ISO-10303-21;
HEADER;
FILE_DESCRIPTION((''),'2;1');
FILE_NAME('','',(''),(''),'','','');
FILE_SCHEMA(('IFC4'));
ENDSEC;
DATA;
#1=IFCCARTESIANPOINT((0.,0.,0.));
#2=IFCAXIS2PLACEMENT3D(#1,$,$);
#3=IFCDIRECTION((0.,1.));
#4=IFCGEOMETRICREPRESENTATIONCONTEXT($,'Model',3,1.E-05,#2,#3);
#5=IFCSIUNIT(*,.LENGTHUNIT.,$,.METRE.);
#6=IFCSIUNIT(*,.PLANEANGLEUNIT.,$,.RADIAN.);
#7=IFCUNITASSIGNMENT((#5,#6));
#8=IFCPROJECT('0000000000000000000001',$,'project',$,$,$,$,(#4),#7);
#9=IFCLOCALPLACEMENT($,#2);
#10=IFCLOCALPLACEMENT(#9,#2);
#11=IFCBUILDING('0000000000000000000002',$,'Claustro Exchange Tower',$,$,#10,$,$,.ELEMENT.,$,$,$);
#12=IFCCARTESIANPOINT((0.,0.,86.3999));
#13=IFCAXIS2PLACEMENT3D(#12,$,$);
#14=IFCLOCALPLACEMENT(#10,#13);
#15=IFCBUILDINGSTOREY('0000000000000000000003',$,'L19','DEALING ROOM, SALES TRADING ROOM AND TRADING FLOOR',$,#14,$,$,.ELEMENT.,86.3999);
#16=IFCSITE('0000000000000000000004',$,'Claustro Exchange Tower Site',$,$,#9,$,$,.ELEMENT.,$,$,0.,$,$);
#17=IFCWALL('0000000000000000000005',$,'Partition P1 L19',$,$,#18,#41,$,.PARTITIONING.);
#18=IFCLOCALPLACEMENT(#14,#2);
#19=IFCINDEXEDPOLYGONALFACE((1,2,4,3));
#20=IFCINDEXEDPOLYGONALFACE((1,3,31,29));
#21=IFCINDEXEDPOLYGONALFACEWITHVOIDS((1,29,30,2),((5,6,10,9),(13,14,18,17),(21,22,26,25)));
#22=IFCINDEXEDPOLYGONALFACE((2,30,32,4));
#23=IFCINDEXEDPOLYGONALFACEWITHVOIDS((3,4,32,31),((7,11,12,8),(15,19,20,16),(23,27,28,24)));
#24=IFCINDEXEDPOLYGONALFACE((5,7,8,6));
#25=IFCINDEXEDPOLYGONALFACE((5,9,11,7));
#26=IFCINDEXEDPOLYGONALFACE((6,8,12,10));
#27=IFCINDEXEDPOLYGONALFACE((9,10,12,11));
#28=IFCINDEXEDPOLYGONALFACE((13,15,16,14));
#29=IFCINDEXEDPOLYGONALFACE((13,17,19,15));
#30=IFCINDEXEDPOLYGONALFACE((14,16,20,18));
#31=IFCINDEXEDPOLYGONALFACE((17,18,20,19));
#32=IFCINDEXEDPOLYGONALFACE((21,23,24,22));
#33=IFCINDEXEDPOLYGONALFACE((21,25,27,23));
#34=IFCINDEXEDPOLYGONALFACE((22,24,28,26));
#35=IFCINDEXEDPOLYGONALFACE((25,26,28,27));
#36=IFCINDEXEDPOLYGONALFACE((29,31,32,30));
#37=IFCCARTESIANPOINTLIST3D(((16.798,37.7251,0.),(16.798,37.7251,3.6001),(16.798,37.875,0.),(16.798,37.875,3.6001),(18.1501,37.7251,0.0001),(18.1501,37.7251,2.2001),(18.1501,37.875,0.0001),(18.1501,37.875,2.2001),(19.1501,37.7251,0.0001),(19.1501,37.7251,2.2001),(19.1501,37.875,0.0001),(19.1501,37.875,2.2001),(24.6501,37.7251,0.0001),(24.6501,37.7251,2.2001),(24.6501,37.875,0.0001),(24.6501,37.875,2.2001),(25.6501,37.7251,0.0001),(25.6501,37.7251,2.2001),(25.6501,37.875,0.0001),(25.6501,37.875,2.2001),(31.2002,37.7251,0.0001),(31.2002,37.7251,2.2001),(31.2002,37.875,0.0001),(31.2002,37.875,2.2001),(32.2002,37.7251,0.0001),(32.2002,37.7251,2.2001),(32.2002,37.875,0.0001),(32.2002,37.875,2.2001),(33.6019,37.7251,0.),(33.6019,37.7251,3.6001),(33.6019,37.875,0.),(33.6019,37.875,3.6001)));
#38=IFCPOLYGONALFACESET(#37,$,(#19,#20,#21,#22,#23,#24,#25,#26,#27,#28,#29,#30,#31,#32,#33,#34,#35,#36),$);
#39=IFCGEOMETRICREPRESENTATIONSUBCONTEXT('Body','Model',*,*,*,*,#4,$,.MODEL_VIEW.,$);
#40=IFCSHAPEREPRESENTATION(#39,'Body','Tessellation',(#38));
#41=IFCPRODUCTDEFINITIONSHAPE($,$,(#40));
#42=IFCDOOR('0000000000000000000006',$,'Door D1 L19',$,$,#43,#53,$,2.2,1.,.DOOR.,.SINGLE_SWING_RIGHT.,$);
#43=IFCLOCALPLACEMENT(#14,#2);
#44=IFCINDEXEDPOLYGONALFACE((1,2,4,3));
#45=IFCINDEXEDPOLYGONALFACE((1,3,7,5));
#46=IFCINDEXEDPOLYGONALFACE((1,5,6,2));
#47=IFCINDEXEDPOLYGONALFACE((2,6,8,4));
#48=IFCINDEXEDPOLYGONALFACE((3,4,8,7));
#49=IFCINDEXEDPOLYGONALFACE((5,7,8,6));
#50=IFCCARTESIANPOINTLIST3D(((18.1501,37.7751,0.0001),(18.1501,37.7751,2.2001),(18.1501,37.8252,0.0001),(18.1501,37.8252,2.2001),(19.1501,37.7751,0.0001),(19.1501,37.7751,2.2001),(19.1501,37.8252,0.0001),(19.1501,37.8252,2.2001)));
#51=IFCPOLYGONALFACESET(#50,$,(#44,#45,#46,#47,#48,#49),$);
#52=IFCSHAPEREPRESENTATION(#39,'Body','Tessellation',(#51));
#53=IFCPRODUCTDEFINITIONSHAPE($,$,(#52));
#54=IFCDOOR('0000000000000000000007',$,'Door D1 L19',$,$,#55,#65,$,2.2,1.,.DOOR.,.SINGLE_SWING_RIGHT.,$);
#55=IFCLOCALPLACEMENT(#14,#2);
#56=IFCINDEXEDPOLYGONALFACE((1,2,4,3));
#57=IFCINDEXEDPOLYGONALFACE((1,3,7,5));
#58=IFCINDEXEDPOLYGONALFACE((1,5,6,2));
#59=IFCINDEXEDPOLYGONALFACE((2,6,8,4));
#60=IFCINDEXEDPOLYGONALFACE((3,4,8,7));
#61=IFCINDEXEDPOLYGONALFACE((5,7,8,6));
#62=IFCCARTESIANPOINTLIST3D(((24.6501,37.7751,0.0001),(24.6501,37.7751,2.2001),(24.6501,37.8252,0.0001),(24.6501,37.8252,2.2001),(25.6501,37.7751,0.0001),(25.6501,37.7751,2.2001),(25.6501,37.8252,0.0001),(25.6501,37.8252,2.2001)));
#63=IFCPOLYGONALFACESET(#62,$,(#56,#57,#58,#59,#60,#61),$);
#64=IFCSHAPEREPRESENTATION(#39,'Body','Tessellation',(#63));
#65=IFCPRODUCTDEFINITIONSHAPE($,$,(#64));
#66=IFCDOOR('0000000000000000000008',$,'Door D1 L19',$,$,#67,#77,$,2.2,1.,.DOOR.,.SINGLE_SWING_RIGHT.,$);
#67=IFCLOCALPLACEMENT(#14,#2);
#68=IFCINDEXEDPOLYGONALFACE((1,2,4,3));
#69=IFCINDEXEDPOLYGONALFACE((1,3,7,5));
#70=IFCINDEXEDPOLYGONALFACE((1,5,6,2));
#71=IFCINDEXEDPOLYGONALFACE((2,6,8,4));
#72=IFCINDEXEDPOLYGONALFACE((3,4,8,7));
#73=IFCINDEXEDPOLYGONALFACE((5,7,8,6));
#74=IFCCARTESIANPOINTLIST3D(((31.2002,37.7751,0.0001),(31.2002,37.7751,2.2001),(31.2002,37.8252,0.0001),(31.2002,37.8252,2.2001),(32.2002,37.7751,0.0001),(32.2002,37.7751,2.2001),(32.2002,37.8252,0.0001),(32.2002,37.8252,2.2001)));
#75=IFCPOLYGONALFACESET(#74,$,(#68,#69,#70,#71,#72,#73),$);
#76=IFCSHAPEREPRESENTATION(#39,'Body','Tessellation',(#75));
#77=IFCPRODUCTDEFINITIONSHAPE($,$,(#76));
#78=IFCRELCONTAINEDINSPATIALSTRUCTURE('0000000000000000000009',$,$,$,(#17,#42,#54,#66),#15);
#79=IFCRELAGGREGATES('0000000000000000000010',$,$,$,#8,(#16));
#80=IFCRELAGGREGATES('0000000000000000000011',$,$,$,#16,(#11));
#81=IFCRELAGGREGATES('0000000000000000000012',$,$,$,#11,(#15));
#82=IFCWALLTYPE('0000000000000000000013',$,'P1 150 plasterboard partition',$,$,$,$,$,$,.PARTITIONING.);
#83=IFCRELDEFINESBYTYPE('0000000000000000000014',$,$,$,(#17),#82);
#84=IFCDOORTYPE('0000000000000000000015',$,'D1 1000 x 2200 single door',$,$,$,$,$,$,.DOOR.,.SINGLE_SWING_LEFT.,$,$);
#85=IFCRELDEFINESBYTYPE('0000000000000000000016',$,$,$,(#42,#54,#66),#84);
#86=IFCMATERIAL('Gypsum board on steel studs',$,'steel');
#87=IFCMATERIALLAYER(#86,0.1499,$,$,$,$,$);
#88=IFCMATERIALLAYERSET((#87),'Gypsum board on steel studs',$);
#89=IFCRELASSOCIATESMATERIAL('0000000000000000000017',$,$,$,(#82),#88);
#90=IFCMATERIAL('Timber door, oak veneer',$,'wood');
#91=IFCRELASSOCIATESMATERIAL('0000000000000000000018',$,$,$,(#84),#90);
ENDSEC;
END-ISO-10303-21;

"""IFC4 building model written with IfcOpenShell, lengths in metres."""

from ifc_helpers import new_model, si_unit, direction, frame, frame_2d, origin, place, context, subcontext, project, spatial, rectangle, extrude, material, layer, layer_set, type_object, element, fill, save


model = new_model("IFC4")

# Units and contexts
model_context = context("Model", 3, precision=1e-05, world=origin(), true_north=direction((0.0, 1.0)))
body_context = subcontext(model_context, "Body", "Model", "MODEL_VIEW")
ifc_project = project(units=[si_unit("LENGTHUNIT", "METRE"), si_unit("PLANEANGLEUNIT", "RADIAN")], contexts=[model_context])

# Site, building, storey
site_placement = place(None, origin())
site = spatial("IfcSite", under=ifc_project, at=site_placement, Name="Claustro Exchange Tower Site", CompositionType="ELEMENT", RefElevation=0.0)
building_placement = place(site_placement, origin())
building = spatial("IfcBuilding", under=site, at=building_placement, Name="Claustro Exchange Tower", CompositionType="ELEMENT")
storey_placement = place(building_placement, frame((0.0, 0.0, 86.3999)))
storey = spatial("IfcBuildingStorey", under=building, at=storey_placement, Name="L19", Description="DEALING ROOM, SALES TRADING ROOM AND TRADING FLOOR", CompositionType="ELEMENT", Elevation=86.3999)

# Shared definitions
ifc_material_1 = material(Name="Gypsum board on steel studs", Category="steel")
ifc_layer = layer(ifc_material_1, 0.1499)
ifc_layer_set = layer_set([ifc_layer], Name="Gypsum board on steel studs")
wall_type = type_object("IfcWallType", Name="P1 150 plasterboard partition", PredefinedType="PARTITIONING", material=ifc_layer_set)

# Shared definitions
ifc_material_2 = material(Name="Timber door, oak veneer", Category="wood")
door_type_1 = type_object("IfcDoorType", Name="D1 1000 x 2200 single door", OperationType="SINGLE_SWING_LEFT", PredefinedType="DOOR", material=ifc_material_2)

# Wall, openings, doors
wall_1_placement = place(storey_placement, frame((16.7981, 37.8, 0.0), z_axis=(0.0, 0.0, 1.0), x_axis=(1.0, 0.0, 0.0)))
wall_1 = element("IfcWall", 1, at=wall_1_placement, inside=storey, type_object=wall_type, Name="Partition P1 L19", PredefinedType="PARTITIONING", context=body_context, shape_type="SweptSolid", body=[
    extrude(rectangle(XDim=16.804, YDim=0.1499, at=frame_2d((8.4019, 0.0))), origin(), (0.0, 0.0, 1.0), 3.6001),
])
opening_1_placement = place(wall_1_placement, frame((1.3521, 0.0, 0.0)))
opening_1 = element("IfcOpeningElement", 2, at=opening_1_placement, cuts=wall_1, PredefinedType="OPENING", context=body_context, shape_type="SweptSolid", body=[
    extrude(rectangle(XDim=1.0, YDim=2.2, at=frame_2d((0.5, 1.1001))), frame((0.0, 0.085, 0.0), z_axis=(0.0, -1.0, 0.0), x_axis=(1.0, 0.0, 0.0)), (0.0, 0.0, 1.0), 0.1699),
])
opening_2_placement = place(wall_1_placement, frame((7.8521, 0.0, 0.0)))
opening_2 = element("IfcOpeningElement", 3, at=opening_2_placement, cuts=wall_1, PredefinedType="OPENING", context=body_context, shape_type="SweptSolid", body=[
    extrude(rectangle(XDim=1.0, YDim=2.2, at=frame_2d((0.5, 1.1001))), frame((0.0, 0.085, 0.0), z_axis=(0.0, -1.0, 0.0), x_axis=(1.0, 0.0, 0.0)), (0.0, 0.0, 1.0), 0.1699),
])
opening_3_placement = place(wall_1_placement, frame((14.4021, 0.0, 0.0)))
opening_3 = element("IfcOpeningElement", 4, at=opening_3_placement, cuts=wall_1, PredefinedType="OPENING", context=body_context, shape_type="SweptSolid", body=[
    extrude(rectangle(XDim=1.0, YDim=2.2, at=frame_2d((0.5, 1.1001))), frame((0.0, 0.085, 0.0), z_axis=(0.0, -1.0, 0.0), x_axis=(1.0, 0.0, 0.0)), (0.0, 0.0, 1.0), 0.1699),
])
door_1_placement = place(opening_1_placement, frame((1.0, 0.0, 0.0), z_axis=(0.0, 0.0, 1.0), x_axis=(-1.0, 0.0, 0.0)))
door_1 = element("IfcDoor", 5, at=door_1_placement, inside=storey, type_object=door_type_1, Name="Door D1 L19", OperationType="SINGLE_SWING_RIGHT", OverallHeight=2.2, OverallWidth=1.0, PredefinedType="DOOR", context=body_context, shape_type="SweptSolid", body=[
    extrude(rectangle(XDim=1.0, YDim=2.2, at=frame_2d((0.5, 1.1001))), frame((0.0, 0.0249, 0.0), z_axis=(0.0, -1.0, 0.0), x_axis=(1.0, 0.0, 0.0)), (0.0, 0.0, 1.0), 0.05),
])
fill(opening_1, door_1)
door_2_placement = place(opening_2_placement, frame((1.0, 0.0, 0.0), z_axis=(0.0, 0.0, 1.0), x_axis=(-1.0, 0.0, 0.0)))
door_2 = element("IfcDoor", 6, at=door_2_placement, inside=storey, type_object=door_type_1, Name="Door D1 L19", OperationType="SINGLE_SWING_RIGHT", OverallHeight=2.2, OverallWidth=1.0, PredefinedType="DOOR", context=body_context, shape_type="SweptSolid", body=[
    extrude(rectangle(XDim=1.0, YDim=2.2, at=frame_2d((0.5, 1.1001))), frame((0.0, 0.0249, 0.0), z_axis=(0.0, -1.0, 0.0), x_axis=(1.0, 0.0, 0.0)), (0.0, 0.0, 1.0), 0.05),
])
fill(opening_2, door_2)
door_3_placement = place(opening_3_placement, frame((1.0, 0.0, 0.0), z_axis=(0.0, 0.0, 1.0), x_axis=(-1.0, 0.0, 0.0)))
door_3 = element("IfcDoor", 7, at=door_3_placement, inside=storey, type_object=door_type_1, Name="Door D1 L19", OperationType="SINGLE_SWING_RIGHT", OverallHeight=2.2, OverallWidth=1.0, PredefinedType="DOOR", context=body_context, shape_type="SweptSolid", body=[
    extrude(rectangle(XDim=1.0, YDim=2.2, at=frame_2d((0.5, 1.1001))), frame((0.0, 0.0249, 0.0), z_axis=(0.0, -1.0, 0.0), x_axis=(1.0, 0.0, 0.0)), (0.0, 0.0, 1.0), 0.05),
])
fill(opening_3, door_3)

save(model, "model.ifc")
